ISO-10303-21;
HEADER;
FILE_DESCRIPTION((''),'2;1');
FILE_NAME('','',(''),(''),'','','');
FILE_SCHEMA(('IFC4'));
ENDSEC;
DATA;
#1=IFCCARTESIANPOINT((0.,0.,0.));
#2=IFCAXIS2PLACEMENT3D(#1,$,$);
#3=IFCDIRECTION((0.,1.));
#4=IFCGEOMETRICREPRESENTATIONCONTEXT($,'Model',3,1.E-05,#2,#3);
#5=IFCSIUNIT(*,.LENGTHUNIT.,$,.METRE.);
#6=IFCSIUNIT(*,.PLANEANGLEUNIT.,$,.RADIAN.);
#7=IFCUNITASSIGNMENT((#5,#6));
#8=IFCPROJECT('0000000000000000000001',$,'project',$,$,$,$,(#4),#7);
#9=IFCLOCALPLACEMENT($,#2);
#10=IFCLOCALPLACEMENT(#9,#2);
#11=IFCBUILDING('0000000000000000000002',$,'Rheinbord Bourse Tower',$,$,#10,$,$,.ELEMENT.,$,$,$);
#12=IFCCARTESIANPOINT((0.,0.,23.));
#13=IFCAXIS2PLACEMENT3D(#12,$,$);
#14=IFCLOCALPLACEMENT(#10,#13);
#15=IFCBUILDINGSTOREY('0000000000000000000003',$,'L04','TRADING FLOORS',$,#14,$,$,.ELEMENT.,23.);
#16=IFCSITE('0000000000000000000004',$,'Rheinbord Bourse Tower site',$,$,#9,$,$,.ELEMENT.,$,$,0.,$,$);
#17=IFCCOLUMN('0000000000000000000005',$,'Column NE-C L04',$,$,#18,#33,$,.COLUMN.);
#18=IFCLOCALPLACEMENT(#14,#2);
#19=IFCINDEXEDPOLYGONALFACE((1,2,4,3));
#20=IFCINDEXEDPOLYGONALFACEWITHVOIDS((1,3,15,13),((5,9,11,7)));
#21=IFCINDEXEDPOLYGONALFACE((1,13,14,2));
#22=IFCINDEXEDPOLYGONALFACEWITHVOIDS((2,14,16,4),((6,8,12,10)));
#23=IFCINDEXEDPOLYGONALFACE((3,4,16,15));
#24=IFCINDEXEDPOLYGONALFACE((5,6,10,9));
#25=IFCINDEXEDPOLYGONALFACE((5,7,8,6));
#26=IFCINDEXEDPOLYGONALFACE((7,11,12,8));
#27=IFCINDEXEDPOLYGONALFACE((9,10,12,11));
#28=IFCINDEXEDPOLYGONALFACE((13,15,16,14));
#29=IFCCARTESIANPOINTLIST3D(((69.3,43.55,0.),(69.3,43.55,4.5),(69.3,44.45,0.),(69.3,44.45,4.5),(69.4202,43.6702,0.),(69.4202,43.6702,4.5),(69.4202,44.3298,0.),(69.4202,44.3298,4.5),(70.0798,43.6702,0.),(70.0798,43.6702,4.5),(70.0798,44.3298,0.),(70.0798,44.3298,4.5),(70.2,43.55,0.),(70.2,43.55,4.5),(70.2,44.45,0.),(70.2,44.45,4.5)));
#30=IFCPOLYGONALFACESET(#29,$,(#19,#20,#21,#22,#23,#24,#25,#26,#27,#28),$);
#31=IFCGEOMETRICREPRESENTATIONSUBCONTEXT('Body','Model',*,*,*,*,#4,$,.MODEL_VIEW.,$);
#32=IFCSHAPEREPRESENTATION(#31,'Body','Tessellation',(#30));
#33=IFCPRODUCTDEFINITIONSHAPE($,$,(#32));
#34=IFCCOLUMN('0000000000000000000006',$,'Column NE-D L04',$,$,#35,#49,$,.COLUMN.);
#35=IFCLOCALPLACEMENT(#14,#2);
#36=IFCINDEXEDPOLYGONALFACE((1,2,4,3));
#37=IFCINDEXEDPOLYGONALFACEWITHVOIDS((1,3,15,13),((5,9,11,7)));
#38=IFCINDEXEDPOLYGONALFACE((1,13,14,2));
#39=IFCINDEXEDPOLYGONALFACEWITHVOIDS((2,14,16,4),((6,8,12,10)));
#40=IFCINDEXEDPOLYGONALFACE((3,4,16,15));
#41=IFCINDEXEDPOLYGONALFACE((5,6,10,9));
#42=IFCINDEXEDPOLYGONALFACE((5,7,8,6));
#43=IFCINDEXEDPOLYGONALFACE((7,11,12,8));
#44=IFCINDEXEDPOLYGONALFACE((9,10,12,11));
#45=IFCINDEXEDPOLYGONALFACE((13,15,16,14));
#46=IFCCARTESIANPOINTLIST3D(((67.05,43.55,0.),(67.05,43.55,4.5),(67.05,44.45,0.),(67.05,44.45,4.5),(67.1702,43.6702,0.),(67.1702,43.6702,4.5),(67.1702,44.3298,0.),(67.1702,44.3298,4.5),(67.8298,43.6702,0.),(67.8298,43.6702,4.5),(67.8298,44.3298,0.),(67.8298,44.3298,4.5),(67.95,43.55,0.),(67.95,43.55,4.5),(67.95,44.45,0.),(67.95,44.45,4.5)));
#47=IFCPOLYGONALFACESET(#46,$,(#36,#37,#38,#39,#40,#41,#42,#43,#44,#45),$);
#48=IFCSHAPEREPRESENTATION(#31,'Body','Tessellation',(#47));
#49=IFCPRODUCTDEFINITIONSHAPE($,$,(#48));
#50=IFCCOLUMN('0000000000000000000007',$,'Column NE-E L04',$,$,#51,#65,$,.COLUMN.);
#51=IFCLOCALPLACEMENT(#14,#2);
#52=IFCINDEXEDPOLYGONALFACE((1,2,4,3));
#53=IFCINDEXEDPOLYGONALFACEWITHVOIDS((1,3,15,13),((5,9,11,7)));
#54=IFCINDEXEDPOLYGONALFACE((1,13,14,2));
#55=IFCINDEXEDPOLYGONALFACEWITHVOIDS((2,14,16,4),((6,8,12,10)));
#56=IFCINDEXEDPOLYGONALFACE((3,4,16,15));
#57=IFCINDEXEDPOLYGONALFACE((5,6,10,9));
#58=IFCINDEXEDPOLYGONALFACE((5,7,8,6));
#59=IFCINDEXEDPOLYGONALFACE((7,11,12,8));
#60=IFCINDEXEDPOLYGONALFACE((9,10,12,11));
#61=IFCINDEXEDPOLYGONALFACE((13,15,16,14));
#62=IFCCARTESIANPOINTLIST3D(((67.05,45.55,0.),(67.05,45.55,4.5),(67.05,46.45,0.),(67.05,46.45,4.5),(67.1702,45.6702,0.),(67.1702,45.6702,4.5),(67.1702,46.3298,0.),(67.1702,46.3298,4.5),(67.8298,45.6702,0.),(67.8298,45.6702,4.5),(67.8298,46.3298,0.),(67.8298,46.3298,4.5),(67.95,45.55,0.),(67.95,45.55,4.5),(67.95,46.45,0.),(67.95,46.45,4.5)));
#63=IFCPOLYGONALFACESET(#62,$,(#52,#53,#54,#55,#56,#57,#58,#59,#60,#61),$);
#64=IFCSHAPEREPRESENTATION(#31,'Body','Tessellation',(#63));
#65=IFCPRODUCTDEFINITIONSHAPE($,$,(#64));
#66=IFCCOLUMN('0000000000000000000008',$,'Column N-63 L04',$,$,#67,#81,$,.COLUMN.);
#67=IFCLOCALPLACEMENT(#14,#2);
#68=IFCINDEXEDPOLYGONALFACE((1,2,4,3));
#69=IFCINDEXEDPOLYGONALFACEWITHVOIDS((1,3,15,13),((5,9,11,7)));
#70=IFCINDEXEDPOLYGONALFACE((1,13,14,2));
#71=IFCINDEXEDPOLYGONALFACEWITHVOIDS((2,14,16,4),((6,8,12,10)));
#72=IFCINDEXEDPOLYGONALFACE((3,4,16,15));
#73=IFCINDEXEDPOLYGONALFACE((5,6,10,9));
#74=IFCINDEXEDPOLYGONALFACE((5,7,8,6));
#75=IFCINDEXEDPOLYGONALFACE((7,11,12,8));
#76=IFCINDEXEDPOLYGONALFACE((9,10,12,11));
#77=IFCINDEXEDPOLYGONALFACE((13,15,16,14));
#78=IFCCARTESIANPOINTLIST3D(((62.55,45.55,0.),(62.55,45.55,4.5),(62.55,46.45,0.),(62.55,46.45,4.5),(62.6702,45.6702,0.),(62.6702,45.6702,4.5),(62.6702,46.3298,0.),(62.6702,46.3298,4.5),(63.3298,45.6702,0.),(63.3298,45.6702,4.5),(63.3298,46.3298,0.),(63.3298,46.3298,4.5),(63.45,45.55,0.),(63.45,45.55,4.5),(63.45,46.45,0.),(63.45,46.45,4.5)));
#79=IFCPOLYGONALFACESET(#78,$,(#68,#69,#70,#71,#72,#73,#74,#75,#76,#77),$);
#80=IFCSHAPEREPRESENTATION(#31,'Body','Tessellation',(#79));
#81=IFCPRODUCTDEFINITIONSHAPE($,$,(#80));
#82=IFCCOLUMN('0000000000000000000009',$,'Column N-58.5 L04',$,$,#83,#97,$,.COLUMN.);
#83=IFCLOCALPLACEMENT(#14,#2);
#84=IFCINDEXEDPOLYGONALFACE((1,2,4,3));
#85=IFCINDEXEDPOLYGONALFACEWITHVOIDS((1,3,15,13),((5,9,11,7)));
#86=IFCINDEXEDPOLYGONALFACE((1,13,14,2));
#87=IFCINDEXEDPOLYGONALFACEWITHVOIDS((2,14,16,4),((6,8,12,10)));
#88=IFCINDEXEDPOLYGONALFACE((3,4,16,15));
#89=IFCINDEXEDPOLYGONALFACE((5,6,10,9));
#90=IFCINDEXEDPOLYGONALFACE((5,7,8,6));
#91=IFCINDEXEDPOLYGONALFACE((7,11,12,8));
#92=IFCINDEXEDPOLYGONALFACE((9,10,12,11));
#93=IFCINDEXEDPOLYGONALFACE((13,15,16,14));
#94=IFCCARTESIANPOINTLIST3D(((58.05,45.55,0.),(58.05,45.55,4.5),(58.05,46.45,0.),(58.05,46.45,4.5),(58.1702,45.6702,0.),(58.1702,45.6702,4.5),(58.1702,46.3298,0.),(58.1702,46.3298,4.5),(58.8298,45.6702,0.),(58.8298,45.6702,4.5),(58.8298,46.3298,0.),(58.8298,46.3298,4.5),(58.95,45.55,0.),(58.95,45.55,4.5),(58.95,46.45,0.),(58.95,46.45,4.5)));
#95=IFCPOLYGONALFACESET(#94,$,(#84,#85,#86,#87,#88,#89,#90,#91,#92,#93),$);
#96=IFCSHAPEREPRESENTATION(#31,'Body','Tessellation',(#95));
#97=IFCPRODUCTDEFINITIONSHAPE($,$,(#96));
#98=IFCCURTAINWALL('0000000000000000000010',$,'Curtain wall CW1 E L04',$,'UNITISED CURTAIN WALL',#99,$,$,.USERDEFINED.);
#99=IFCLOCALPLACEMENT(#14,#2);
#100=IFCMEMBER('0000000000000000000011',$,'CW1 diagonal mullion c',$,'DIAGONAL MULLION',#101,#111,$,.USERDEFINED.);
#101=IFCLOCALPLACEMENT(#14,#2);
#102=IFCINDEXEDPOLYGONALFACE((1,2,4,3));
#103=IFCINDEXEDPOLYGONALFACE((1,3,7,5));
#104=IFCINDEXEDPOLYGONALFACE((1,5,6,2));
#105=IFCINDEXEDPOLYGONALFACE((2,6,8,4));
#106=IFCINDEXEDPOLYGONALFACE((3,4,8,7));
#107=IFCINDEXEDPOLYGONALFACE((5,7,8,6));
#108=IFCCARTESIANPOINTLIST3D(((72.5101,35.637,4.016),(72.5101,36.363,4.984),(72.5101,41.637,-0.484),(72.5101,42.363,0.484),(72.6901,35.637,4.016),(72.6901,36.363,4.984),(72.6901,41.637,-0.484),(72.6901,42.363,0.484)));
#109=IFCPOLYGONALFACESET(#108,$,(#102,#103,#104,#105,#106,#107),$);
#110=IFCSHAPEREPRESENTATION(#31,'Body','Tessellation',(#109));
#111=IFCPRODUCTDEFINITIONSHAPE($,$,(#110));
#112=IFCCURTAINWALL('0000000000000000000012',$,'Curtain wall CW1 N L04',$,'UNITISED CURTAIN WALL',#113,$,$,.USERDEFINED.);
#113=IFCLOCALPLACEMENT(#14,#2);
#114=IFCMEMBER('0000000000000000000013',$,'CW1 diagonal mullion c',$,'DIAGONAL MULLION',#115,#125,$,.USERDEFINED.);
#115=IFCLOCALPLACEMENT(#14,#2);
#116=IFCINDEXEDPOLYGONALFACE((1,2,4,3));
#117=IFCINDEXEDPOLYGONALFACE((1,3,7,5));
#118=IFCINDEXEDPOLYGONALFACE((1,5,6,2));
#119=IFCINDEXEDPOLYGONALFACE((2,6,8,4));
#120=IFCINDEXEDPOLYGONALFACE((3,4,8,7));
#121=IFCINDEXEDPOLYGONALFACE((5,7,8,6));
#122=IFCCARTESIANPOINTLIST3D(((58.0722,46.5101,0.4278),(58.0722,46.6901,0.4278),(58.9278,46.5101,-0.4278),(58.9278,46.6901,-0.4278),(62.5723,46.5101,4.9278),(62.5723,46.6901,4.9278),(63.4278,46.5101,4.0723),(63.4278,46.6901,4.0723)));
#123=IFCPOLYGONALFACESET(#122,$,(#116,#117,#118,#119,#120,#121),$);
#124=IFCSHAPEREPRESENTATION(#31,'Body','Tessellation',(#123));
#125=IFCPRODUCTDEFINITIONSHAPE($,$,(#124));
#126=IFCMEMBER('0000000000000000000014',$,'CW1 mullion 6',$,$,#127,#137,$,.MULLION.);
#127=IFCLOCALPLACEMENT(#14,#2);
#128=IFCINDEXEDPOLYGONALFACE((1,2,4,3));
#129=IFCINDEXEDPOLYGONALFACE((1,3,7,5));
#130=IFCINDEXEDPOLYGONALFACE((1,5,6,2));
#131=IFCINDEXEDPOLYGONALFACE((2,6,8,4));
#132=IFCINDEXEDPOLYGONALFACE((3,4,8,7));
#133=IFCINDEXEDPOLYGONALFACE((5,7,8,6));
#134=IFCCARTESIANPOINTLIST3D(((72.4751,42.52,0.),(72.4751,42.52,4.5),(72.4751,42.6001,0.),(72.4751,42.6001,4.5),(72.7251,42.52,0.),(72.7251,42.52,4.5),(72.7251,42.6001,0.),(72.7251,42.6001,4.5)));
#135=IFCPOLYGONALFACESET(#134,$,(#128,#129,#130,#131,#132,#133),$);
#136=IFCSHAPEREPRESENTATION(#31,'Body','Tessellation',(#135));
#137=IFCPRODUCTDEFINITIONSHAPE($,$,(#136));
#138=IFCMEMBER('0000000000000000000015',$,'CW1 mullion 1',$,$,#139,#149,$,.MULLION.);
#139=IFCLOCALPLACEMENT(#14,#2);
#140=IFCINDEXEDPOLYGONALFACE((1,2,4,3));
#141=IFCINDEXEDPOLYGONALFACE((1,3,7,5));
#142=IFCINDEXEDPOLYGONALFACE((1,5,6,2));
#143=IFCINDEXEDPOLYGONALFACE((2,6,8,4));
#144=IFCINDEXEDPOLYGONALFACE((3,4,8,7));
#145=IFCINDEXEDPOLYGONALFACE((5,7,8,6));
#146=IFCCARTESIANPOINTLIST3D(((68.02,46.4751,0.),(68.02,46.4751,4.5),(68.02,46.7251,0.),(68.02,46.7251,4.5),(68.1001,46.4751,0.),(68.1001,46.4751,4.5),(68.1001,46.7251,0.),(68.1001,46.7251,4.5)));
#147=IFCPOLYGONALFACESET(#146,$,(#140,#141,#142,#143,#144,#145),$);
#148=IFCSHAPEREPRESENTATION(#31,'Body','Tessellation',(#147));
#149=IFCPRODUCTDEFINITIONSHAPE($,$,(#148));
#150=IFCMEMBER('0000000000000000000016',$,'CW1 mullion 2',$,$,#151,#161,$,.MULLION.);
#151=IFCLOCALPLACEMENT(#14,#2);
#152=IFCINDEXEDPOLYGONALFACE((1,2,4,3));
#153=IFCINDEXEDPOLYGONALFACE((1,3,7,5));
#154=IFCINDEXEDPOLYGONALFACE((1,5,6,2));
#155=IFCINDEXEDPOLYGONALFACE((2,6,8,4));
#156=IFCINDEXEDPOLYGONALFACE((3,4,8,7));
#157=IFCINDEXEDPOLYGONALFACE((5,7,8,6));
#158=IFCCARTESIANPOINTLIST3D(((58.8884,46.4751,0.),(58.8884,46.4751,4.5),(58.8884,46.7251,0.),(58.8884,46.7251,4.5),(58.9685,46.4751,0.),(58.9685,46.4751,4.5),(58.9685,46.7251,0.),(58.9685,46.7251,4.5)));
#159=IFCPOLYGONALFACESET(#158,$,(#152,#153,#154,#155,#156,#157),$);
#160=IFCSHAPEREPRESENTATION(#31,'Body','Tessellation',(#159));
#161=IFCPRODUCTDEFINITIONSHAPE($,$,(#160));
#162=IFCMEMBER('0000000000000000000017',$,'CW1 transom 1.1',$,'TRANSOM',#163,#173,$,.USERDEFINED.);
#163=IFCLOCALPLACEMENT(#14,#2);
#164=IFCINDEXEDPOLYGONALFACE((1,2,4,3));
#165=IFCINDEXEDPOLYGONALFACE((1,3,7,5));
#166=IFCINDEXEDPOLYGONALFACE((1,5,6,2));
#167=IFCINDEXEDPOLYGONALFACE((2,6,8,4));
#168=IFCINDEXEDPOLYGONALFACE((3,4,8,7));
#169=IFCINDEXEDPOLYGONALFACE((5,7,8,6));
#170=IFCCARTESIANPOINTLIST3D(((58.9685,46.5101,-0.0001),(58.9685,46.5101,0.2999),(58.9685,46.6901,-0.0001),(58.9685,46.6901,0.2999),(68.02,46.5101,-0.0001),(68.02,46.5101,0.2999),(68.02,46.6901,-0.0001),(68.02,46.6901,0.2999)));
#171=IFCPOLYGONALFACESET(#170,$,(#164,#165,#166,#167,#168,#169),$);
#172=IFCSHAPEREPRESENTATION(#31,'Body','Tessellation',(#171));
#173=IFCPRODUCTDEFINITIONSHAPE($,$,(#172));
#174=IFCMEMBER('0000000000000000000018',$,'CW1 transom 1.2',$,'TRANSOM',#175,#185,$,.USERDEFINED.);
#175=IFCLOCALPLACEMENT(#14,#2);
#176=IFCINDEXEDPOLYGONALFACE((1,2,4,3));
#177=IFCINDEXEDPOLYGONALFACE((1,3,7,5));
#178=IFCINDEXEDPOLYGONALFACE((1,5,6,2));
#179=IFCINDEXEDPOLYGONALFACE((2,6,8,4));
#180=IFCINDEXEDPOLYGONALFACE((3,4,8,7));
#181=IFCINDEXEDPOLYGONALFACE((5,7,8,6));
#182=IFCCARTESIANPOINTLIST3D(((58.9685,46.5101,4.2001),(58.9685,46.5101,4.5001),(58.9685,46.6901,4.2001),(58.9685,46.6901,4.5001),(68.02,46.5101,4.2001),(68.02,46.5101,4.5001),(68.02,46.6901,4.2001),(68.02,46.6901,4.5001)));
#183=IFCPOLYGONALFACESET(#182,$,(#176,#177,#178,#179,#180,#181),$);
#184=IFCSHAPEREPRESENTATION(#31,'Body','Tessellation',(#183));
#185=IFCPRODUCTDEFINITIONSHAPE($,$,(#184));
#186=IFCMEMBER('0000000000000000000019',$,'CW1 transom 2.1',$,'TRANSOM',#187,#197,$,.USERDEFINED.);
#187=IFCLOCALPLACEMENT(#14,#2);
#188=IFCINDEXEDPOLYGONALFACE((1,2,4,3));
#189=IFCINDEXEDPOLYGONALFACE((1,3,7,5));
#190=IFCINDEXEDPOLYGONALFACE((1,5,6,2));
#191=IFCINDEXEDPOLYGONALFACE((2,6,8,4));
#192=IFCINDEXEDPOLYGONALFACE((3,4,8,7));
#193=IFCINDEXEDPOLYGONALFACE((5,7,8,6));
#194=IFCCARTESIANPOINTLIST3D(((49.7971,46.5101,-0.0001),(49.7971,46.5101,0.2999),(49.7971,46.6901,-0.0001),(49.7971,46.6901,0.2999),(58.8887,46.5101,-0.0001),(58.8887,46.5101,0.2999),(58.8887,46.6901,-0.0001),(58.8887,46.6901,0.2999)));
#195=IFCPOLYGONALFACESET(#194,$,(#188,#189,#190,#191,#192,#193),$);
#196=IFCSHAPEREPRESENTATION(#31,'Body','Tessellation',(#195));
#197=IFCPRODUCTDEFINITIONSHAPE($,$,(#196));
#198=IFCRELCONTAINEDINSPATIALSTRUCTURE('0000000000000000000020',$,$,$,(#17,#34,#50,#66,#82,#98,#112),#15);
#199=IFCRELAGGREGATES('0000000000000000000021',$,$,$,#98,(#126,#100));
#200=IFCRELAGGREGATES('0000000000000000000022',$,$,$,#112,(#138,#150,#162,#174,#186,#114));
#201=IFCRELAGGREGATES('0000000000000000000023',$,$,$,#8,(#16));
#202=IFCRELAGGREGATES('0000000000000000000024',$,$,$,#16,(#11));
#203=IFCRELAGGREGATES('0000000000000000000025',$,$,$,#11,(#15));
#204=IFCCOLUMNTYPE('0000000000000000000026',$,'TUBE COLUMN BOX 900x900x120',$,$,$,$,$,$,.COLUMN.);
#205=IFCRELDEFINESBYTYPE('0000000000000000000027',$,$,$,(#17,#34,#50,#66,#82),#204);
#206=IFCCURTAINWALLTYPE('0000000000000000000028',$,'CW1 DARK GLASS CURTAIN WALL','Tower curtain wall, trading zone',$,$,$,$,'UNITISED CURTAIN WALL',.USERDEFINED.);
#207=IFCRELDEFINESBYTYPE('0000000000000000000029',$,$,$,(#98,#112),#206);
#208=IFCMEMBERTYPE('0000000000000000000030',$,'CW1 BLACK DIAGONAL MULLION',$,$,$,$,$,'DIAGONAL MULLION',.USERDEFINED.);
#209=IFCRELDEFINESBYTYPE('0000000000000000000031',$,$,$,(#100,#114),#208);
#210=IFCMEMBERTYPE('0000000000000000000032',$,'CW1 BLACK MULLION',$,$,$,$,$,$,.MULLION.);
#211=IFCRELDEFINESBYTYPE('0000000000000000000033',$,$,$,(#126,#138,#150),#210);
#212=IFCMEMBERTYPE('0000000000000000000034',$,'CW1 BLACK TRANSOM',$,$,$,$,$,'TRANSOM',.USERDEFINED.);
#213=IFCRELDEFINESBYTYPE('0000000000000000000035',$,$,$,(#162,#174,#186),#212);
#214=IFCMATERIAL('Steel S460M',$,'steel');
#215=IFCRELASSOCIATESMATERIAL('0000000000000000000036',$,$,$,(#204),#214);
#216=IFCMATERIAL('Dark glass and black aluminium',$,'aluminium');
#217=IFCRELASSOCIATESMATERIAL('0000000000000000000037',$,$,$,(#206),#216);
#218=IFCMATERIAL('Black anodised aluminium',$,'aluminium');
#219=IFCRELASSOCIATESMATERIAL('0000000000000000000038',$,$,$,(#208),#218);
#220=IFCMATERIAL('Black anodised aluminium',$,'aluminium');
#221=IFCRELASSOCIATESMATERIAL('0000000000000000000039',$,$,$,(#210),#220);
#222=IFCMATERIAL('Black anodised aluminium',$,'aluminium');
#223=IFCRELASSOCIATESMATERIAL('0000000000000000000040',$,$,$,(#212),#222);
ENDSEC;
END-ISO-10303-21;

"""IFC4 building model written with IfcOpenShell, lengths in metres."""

from ifc_helpers import new_model, si_unit, direction, frame, origin, origin_2d, place, context, subcontext, project, spatial, rectangle, hollow_rectangle, extrude, material, material_profile, profile_set, type_object, element, aggregate, save


model = new_model("IFC4")

# Units and contexts
model_context = context("Model", 3, precision=1e-05, world=origin(), true_north=direction((0.0, 1.0)))
body_context = subcontext(model_context, "Body", "Model", "MODEL_VIEW")
ifc_project = project(units=[si_unit("LENGTHUNIT", "METRE"), si_unit("PLANEANGLEUNIT", "RADIAN")], contexts=[model_context])

# Site, building, storey
site_placement = place(None, origin())
site = spatial("IfcSite", under=ifc_project, at=site_placement, Name="Rheinbord Bourse Tower site", CompositionType="ELEMENT", RefElevation=0.0)
building_placement = place(site_placement, origin())
building = spatial("IfcBuilding", under=site, at=building_placement, Name="Rheinbord Bourse Tower", CompositionType="ELEMENT")
storey_placement = place(building_placement, frame((0.0, 0.0, 23.0)))
storey = spatial("IfcBuildingStorey", under=building, at=storey_placement, Name="L04", Description="TRADING FLOORS", CompositionType="ELEMENT", Elevation=23.0)

# Columns
ifc_material_1 = material(Name="Steel S460M", Category="steel")
ifc_material_profile_1 = material_profile(ifc_material_1, hollow_rectangle(XDim=0.8999, YDim=0.8999, WallThickness=0.1201, at=origin_2d()), Name="BOX 900x900x120")
ifc_profile_set_1 = profile_set([ifc_material_profile_1], Name="Steel S460M")
column_type = type_object("IfcColumnType", Name="TUBE COLUMN BOX 900x900x120", PredefinedType="COLUMN", material=ifc_profile_set_1)
for number, where, z_axis, x_axis, name in (
    (1, (69.75, 44.0, 0.0), (0.0, 0.0, 1.0), (1.0, 0.0, 0.0), "Column NE-C L04"),
    (2, (67.5, 44.0, 0.0), (0.0, 0.0, 1.0), (0.0, 1.0, 0.0), "Column NE-D L04"),
    (3, (67.5, 46.0, 0.0), (0.0, 0.0, 1.0), (0.0, 1.0, 0.0), "Column NE-E L04"),
    (4, (63.0, 46.0, 0.0), (0.0, 0.0, 1.0), (0.0, 1.0, 0.0), "Column N-63 L04"),
    (5, (58.5, 46.0, 0.0), (0.0, 0.0, 1.0), (0.0, 1.0, 0.0), "Column N-58.5 L04"),
):
    element("IfcColumn", number, at=place(storey_placement, frame(where, z_axis=z_axis, x_axis=x_axis)), inside=storey, type_object=column_type, Name=name, PredefinedType="COLUMN", context=body_context, shape_type="SweptSolid", body=[
        extrude(hollow_rectangle(XDim=0.8999, YDim=0.8999, WallThickness=0.1201, at=origin_2d()), origin(), (0.0, 0.0, 1.0), 4.5),
    ])

# Curtain walls, members
ifc_material_2 = material(Name="Dark glass and black aluminium", Category="aluminium")
curtain_wall_type = type_object("IfcCurtainWallType", Name="CW1 DARK GLASS CURTAIN WALL", Description="Tower curtain wall, trading zone", ElementType="UNITISED CURTAIN WALL", PredefinedType="USERDEFINED", material=ifc_material_2)
curtain_wall_1_placement = place(storey_placement, origin())
curtain_wall_1 = element("IfcCurtainWall", 6, at=curtain_wall_1_placement, inside=storey, type_object=curtain_wall_type, Name="Curtain wall CW1 E L04", ObjectType="UNITISED CURTAIN WALL", PredefinedType="USERDEFINED")
ifc_material_3 = material(Name="Black anodised aluminium", Category="aluminium")
ifc_material_profile_2 = material_profile(ifc_material_3, rectangle(XDim=0.1799, YDim=1.21, at=origin_2d()), Name="CW1 DIAGONAL MULLION 1210x180")
ifc_profile_set_2 = profile_set([ifc_material_profile_2], Name="Black anodised aluminium")
member_type_1 = type_object("IfcMemberType", Name="CW1 BLACK DIAGONAL MULLION", ElementType="DIAGONAL MULLION", PredefinedType="USERDEFINED", material=ifc_profile_set_2)
member_1_placement = place(storey_placement, frame((72.6001, 42.0, 0.0), z_axis=(0.0, -0.8, 0.6), x_axis=(1.0, 0.0, 0.0)))
member_1 = element("IfcMember", 7, at=member_1_placement, type_object=member_type_1, Name="CW1 diagonal mullion c", ObjectType="DIAGONAL MULLION", PredefinedType="USERDEFINED", context=body_context, shape_type="SweptSolid", body=[
    extrude(rectangle(XDim=0.1799, YDim=1.21, at=origin_2d()), origin(), (0.0, 0.0, 1.0), 7.5),
])
curtain_wall_2_placement = place(storey_placement, origin())
curtain_wall_2 = element("IfcCurtainWall", 8, at=curtain_wall_2_placement, inside=storey, type_object=curtain_wall_type, Name="Curtain wall CW1 N L04", ObjectType="UNITISED CURTAIN WALL", PredefinedType="USERDEFINED")
member_2_placement = place(storey_placement, frame((58.5, 46.6001, 0.0), z_axis=(0.707107, 0.0, 0.707107), x_axis=(0.0, 1.0, 0.0)))
member_2 = element("IfcMember", 9, at=member_2_placement, type_object=member_type_1, Name="CW1 diagonal mullion c", ObjectType="DIAGONAL MULLION", PredefinedType="USERDEFINED", context=body_context, shape_type="SweptSolid", body=[
    extrude(rectangle(XDim=0.1799, YDim=1.21, at=origin_2d()), origin(), (0.0, 0.0, 1.0), 6.364),
])

# Members
ifc_material_4 = material(Name="Black anodised aluminium", Category="aluminium")
ifc_material_profile_3 = material_profile(ifc_material_4, rectangle(XDim=0.25, YDim=0.0801, at=origin_2d()), Name="CW1 MULLION 80x250")
ifc_profile_set_3 = profile_set([ifc_material_profile_3], Name="Black anodised aluminium")
member_type_2 = type_object("IfcMemberType", Name="CW1 BLACK MULLION", PredefinedType="MULLION", material=ifc_profile_set_3)
member_3_placement = place(storey_placement, frame((72.6001, 42.5601, 0.0), z_axis=(0.0, 0.0, 1.0), x_axis=(-1.0, 0.0, 0.0)))
member_3 = element("IfcMember", 10, at=member_3_placement, type_object=member_type_2, Name="CW1 mullion 6", PredefinedType="MULLION", context=body_context, shape_type="SweptSolid", body=[
    extrude(rectangle(XDim=0.25, YDim=0.0801, at=origin_2d()), origin(), (0.0, 0.0, 1.0), 4.5),
])
member_4_placement = place(storey_placement, frame((68.0601, 46.6001, 0.0), z_axis=(0.0, 0.0, 1.0), x_axis=(0.0, -1.0, 0.0)))
member_4 = element("IfcMember", 11, at=member_4_placement, type_object=member_type_2, Name="CW1 mullion 1", PredefinedType="MULLION", context=body_context, shape_type="SweptSolid", body=[
    extrude(rectangle(XDim=0.25, YDim=0.0801, at=origin_2d()), origin(), (0.0, 0.0, 1.0), 4.5),
])
member_5_placement = place(storey_placement, frame((58.9285, 46.6001, 0.0), z_axis=(0.0, 0.0, 1.0), x_axis=(0.0, -1.0, 0.0)))
member_5 = element("IfcMember", 12, at=member_5_placement, type_object=member_type_2, Name="CW1 mullion 2", PredefinedType="MULLION", context=body_context, shape_type="SweptSolid", body=[
    extrude(rectangle(XDim=0.25, YDim=0.0801, at=origin_2d()), origin(), (0.0, 0.0, 1.0), 4.5),
])
ifc_material_5 = material(Name="Black anodised aluminium", Category="aluminium")
ifc_material_profile_4 = material_profile(ifc_material_5, rectangle(XDim=0.1799, YDim=0.3, at=origin_2d()), Name="CW1 TRANSOM 300x180")
ifc_profile_set_4 = profile_set([ifc_material_profile_4], Name="Black anodised aluminium")
member_type_3 = type_object("IfcMemberType", Name="CW1 BLACK TRANSOM", ElementType="TRANSOM", PredefinedType="USERDEFINED", material=ifc_profile_set_4)
member_6_placement = place(storey_placement, frame((68.02, 46.6001, 0.1499), z_axis=(-1.0, 0.0, 0.0), x_axis=(0.0, -1.0, 0.0)))
member_6 = element("IfcMember", 13, at=member_6_placement, type_object=member_type_3, Name="CW1 transom 1.1", ObjectType="TRANSOM", PredefinedType="USERDEFINED", context=body_context, shape_type="SweptSolid", body=[
    extrude(rectangle(XDim=0.1799, YDim=0.3, at=origin_2d()), origin(), (0.0, 0.0, 1.0), 9.0515),
])
member_7_placement = place(storey_placement, frame((68.02, 46.6001, 4.3501), z_axis=(-1.0, 0.0, 0.0), x_axis=(0.0, -1.0, 0.0)))
member_7 = element("IfcMember", 14, at=member_7_placement, type_object=member_type_3, Name="CW1 transom 1.2", ObjectType="TRANSOM", PredefinedType="USERDEFINED", context=body_context, shape_type="SweptSolid", body=[
    extrude(rectangle(XDim=0.1799, YDim=0.3, at=origin_2d()), origin(), (0.0, 0.0, 1.0), 9.0515),
])
member_8_placement = place(storey_placement, frame((58.8887, 46.6001, 0.1499), z_axis=(-1.0, 0.0, 0.0), x_axis=(0.0, -1.0, 0.0)))
member_8 = element("IfcMember", 15, at=member_8_placement, type_object=member_type_3, Name="CW1 transom 2.1", ObjectType="TRANSOM", PredefinedType="USERDEFINED", context=body_context, shape_type="SweptSolid", body=[
    extrude(rectangle(XDim=0.1799, YDim=0.3, at=origin_2d()), origin(), (0.0, 0.0, 1.0), 9.0916),
])

aggregate(curtain_wall_1, [member_3, member_1])
aggregate(curtain_wall_2, [member_4, member_5, member_6, member_7, member_8, member_2])

save(model, "model.ifc")
